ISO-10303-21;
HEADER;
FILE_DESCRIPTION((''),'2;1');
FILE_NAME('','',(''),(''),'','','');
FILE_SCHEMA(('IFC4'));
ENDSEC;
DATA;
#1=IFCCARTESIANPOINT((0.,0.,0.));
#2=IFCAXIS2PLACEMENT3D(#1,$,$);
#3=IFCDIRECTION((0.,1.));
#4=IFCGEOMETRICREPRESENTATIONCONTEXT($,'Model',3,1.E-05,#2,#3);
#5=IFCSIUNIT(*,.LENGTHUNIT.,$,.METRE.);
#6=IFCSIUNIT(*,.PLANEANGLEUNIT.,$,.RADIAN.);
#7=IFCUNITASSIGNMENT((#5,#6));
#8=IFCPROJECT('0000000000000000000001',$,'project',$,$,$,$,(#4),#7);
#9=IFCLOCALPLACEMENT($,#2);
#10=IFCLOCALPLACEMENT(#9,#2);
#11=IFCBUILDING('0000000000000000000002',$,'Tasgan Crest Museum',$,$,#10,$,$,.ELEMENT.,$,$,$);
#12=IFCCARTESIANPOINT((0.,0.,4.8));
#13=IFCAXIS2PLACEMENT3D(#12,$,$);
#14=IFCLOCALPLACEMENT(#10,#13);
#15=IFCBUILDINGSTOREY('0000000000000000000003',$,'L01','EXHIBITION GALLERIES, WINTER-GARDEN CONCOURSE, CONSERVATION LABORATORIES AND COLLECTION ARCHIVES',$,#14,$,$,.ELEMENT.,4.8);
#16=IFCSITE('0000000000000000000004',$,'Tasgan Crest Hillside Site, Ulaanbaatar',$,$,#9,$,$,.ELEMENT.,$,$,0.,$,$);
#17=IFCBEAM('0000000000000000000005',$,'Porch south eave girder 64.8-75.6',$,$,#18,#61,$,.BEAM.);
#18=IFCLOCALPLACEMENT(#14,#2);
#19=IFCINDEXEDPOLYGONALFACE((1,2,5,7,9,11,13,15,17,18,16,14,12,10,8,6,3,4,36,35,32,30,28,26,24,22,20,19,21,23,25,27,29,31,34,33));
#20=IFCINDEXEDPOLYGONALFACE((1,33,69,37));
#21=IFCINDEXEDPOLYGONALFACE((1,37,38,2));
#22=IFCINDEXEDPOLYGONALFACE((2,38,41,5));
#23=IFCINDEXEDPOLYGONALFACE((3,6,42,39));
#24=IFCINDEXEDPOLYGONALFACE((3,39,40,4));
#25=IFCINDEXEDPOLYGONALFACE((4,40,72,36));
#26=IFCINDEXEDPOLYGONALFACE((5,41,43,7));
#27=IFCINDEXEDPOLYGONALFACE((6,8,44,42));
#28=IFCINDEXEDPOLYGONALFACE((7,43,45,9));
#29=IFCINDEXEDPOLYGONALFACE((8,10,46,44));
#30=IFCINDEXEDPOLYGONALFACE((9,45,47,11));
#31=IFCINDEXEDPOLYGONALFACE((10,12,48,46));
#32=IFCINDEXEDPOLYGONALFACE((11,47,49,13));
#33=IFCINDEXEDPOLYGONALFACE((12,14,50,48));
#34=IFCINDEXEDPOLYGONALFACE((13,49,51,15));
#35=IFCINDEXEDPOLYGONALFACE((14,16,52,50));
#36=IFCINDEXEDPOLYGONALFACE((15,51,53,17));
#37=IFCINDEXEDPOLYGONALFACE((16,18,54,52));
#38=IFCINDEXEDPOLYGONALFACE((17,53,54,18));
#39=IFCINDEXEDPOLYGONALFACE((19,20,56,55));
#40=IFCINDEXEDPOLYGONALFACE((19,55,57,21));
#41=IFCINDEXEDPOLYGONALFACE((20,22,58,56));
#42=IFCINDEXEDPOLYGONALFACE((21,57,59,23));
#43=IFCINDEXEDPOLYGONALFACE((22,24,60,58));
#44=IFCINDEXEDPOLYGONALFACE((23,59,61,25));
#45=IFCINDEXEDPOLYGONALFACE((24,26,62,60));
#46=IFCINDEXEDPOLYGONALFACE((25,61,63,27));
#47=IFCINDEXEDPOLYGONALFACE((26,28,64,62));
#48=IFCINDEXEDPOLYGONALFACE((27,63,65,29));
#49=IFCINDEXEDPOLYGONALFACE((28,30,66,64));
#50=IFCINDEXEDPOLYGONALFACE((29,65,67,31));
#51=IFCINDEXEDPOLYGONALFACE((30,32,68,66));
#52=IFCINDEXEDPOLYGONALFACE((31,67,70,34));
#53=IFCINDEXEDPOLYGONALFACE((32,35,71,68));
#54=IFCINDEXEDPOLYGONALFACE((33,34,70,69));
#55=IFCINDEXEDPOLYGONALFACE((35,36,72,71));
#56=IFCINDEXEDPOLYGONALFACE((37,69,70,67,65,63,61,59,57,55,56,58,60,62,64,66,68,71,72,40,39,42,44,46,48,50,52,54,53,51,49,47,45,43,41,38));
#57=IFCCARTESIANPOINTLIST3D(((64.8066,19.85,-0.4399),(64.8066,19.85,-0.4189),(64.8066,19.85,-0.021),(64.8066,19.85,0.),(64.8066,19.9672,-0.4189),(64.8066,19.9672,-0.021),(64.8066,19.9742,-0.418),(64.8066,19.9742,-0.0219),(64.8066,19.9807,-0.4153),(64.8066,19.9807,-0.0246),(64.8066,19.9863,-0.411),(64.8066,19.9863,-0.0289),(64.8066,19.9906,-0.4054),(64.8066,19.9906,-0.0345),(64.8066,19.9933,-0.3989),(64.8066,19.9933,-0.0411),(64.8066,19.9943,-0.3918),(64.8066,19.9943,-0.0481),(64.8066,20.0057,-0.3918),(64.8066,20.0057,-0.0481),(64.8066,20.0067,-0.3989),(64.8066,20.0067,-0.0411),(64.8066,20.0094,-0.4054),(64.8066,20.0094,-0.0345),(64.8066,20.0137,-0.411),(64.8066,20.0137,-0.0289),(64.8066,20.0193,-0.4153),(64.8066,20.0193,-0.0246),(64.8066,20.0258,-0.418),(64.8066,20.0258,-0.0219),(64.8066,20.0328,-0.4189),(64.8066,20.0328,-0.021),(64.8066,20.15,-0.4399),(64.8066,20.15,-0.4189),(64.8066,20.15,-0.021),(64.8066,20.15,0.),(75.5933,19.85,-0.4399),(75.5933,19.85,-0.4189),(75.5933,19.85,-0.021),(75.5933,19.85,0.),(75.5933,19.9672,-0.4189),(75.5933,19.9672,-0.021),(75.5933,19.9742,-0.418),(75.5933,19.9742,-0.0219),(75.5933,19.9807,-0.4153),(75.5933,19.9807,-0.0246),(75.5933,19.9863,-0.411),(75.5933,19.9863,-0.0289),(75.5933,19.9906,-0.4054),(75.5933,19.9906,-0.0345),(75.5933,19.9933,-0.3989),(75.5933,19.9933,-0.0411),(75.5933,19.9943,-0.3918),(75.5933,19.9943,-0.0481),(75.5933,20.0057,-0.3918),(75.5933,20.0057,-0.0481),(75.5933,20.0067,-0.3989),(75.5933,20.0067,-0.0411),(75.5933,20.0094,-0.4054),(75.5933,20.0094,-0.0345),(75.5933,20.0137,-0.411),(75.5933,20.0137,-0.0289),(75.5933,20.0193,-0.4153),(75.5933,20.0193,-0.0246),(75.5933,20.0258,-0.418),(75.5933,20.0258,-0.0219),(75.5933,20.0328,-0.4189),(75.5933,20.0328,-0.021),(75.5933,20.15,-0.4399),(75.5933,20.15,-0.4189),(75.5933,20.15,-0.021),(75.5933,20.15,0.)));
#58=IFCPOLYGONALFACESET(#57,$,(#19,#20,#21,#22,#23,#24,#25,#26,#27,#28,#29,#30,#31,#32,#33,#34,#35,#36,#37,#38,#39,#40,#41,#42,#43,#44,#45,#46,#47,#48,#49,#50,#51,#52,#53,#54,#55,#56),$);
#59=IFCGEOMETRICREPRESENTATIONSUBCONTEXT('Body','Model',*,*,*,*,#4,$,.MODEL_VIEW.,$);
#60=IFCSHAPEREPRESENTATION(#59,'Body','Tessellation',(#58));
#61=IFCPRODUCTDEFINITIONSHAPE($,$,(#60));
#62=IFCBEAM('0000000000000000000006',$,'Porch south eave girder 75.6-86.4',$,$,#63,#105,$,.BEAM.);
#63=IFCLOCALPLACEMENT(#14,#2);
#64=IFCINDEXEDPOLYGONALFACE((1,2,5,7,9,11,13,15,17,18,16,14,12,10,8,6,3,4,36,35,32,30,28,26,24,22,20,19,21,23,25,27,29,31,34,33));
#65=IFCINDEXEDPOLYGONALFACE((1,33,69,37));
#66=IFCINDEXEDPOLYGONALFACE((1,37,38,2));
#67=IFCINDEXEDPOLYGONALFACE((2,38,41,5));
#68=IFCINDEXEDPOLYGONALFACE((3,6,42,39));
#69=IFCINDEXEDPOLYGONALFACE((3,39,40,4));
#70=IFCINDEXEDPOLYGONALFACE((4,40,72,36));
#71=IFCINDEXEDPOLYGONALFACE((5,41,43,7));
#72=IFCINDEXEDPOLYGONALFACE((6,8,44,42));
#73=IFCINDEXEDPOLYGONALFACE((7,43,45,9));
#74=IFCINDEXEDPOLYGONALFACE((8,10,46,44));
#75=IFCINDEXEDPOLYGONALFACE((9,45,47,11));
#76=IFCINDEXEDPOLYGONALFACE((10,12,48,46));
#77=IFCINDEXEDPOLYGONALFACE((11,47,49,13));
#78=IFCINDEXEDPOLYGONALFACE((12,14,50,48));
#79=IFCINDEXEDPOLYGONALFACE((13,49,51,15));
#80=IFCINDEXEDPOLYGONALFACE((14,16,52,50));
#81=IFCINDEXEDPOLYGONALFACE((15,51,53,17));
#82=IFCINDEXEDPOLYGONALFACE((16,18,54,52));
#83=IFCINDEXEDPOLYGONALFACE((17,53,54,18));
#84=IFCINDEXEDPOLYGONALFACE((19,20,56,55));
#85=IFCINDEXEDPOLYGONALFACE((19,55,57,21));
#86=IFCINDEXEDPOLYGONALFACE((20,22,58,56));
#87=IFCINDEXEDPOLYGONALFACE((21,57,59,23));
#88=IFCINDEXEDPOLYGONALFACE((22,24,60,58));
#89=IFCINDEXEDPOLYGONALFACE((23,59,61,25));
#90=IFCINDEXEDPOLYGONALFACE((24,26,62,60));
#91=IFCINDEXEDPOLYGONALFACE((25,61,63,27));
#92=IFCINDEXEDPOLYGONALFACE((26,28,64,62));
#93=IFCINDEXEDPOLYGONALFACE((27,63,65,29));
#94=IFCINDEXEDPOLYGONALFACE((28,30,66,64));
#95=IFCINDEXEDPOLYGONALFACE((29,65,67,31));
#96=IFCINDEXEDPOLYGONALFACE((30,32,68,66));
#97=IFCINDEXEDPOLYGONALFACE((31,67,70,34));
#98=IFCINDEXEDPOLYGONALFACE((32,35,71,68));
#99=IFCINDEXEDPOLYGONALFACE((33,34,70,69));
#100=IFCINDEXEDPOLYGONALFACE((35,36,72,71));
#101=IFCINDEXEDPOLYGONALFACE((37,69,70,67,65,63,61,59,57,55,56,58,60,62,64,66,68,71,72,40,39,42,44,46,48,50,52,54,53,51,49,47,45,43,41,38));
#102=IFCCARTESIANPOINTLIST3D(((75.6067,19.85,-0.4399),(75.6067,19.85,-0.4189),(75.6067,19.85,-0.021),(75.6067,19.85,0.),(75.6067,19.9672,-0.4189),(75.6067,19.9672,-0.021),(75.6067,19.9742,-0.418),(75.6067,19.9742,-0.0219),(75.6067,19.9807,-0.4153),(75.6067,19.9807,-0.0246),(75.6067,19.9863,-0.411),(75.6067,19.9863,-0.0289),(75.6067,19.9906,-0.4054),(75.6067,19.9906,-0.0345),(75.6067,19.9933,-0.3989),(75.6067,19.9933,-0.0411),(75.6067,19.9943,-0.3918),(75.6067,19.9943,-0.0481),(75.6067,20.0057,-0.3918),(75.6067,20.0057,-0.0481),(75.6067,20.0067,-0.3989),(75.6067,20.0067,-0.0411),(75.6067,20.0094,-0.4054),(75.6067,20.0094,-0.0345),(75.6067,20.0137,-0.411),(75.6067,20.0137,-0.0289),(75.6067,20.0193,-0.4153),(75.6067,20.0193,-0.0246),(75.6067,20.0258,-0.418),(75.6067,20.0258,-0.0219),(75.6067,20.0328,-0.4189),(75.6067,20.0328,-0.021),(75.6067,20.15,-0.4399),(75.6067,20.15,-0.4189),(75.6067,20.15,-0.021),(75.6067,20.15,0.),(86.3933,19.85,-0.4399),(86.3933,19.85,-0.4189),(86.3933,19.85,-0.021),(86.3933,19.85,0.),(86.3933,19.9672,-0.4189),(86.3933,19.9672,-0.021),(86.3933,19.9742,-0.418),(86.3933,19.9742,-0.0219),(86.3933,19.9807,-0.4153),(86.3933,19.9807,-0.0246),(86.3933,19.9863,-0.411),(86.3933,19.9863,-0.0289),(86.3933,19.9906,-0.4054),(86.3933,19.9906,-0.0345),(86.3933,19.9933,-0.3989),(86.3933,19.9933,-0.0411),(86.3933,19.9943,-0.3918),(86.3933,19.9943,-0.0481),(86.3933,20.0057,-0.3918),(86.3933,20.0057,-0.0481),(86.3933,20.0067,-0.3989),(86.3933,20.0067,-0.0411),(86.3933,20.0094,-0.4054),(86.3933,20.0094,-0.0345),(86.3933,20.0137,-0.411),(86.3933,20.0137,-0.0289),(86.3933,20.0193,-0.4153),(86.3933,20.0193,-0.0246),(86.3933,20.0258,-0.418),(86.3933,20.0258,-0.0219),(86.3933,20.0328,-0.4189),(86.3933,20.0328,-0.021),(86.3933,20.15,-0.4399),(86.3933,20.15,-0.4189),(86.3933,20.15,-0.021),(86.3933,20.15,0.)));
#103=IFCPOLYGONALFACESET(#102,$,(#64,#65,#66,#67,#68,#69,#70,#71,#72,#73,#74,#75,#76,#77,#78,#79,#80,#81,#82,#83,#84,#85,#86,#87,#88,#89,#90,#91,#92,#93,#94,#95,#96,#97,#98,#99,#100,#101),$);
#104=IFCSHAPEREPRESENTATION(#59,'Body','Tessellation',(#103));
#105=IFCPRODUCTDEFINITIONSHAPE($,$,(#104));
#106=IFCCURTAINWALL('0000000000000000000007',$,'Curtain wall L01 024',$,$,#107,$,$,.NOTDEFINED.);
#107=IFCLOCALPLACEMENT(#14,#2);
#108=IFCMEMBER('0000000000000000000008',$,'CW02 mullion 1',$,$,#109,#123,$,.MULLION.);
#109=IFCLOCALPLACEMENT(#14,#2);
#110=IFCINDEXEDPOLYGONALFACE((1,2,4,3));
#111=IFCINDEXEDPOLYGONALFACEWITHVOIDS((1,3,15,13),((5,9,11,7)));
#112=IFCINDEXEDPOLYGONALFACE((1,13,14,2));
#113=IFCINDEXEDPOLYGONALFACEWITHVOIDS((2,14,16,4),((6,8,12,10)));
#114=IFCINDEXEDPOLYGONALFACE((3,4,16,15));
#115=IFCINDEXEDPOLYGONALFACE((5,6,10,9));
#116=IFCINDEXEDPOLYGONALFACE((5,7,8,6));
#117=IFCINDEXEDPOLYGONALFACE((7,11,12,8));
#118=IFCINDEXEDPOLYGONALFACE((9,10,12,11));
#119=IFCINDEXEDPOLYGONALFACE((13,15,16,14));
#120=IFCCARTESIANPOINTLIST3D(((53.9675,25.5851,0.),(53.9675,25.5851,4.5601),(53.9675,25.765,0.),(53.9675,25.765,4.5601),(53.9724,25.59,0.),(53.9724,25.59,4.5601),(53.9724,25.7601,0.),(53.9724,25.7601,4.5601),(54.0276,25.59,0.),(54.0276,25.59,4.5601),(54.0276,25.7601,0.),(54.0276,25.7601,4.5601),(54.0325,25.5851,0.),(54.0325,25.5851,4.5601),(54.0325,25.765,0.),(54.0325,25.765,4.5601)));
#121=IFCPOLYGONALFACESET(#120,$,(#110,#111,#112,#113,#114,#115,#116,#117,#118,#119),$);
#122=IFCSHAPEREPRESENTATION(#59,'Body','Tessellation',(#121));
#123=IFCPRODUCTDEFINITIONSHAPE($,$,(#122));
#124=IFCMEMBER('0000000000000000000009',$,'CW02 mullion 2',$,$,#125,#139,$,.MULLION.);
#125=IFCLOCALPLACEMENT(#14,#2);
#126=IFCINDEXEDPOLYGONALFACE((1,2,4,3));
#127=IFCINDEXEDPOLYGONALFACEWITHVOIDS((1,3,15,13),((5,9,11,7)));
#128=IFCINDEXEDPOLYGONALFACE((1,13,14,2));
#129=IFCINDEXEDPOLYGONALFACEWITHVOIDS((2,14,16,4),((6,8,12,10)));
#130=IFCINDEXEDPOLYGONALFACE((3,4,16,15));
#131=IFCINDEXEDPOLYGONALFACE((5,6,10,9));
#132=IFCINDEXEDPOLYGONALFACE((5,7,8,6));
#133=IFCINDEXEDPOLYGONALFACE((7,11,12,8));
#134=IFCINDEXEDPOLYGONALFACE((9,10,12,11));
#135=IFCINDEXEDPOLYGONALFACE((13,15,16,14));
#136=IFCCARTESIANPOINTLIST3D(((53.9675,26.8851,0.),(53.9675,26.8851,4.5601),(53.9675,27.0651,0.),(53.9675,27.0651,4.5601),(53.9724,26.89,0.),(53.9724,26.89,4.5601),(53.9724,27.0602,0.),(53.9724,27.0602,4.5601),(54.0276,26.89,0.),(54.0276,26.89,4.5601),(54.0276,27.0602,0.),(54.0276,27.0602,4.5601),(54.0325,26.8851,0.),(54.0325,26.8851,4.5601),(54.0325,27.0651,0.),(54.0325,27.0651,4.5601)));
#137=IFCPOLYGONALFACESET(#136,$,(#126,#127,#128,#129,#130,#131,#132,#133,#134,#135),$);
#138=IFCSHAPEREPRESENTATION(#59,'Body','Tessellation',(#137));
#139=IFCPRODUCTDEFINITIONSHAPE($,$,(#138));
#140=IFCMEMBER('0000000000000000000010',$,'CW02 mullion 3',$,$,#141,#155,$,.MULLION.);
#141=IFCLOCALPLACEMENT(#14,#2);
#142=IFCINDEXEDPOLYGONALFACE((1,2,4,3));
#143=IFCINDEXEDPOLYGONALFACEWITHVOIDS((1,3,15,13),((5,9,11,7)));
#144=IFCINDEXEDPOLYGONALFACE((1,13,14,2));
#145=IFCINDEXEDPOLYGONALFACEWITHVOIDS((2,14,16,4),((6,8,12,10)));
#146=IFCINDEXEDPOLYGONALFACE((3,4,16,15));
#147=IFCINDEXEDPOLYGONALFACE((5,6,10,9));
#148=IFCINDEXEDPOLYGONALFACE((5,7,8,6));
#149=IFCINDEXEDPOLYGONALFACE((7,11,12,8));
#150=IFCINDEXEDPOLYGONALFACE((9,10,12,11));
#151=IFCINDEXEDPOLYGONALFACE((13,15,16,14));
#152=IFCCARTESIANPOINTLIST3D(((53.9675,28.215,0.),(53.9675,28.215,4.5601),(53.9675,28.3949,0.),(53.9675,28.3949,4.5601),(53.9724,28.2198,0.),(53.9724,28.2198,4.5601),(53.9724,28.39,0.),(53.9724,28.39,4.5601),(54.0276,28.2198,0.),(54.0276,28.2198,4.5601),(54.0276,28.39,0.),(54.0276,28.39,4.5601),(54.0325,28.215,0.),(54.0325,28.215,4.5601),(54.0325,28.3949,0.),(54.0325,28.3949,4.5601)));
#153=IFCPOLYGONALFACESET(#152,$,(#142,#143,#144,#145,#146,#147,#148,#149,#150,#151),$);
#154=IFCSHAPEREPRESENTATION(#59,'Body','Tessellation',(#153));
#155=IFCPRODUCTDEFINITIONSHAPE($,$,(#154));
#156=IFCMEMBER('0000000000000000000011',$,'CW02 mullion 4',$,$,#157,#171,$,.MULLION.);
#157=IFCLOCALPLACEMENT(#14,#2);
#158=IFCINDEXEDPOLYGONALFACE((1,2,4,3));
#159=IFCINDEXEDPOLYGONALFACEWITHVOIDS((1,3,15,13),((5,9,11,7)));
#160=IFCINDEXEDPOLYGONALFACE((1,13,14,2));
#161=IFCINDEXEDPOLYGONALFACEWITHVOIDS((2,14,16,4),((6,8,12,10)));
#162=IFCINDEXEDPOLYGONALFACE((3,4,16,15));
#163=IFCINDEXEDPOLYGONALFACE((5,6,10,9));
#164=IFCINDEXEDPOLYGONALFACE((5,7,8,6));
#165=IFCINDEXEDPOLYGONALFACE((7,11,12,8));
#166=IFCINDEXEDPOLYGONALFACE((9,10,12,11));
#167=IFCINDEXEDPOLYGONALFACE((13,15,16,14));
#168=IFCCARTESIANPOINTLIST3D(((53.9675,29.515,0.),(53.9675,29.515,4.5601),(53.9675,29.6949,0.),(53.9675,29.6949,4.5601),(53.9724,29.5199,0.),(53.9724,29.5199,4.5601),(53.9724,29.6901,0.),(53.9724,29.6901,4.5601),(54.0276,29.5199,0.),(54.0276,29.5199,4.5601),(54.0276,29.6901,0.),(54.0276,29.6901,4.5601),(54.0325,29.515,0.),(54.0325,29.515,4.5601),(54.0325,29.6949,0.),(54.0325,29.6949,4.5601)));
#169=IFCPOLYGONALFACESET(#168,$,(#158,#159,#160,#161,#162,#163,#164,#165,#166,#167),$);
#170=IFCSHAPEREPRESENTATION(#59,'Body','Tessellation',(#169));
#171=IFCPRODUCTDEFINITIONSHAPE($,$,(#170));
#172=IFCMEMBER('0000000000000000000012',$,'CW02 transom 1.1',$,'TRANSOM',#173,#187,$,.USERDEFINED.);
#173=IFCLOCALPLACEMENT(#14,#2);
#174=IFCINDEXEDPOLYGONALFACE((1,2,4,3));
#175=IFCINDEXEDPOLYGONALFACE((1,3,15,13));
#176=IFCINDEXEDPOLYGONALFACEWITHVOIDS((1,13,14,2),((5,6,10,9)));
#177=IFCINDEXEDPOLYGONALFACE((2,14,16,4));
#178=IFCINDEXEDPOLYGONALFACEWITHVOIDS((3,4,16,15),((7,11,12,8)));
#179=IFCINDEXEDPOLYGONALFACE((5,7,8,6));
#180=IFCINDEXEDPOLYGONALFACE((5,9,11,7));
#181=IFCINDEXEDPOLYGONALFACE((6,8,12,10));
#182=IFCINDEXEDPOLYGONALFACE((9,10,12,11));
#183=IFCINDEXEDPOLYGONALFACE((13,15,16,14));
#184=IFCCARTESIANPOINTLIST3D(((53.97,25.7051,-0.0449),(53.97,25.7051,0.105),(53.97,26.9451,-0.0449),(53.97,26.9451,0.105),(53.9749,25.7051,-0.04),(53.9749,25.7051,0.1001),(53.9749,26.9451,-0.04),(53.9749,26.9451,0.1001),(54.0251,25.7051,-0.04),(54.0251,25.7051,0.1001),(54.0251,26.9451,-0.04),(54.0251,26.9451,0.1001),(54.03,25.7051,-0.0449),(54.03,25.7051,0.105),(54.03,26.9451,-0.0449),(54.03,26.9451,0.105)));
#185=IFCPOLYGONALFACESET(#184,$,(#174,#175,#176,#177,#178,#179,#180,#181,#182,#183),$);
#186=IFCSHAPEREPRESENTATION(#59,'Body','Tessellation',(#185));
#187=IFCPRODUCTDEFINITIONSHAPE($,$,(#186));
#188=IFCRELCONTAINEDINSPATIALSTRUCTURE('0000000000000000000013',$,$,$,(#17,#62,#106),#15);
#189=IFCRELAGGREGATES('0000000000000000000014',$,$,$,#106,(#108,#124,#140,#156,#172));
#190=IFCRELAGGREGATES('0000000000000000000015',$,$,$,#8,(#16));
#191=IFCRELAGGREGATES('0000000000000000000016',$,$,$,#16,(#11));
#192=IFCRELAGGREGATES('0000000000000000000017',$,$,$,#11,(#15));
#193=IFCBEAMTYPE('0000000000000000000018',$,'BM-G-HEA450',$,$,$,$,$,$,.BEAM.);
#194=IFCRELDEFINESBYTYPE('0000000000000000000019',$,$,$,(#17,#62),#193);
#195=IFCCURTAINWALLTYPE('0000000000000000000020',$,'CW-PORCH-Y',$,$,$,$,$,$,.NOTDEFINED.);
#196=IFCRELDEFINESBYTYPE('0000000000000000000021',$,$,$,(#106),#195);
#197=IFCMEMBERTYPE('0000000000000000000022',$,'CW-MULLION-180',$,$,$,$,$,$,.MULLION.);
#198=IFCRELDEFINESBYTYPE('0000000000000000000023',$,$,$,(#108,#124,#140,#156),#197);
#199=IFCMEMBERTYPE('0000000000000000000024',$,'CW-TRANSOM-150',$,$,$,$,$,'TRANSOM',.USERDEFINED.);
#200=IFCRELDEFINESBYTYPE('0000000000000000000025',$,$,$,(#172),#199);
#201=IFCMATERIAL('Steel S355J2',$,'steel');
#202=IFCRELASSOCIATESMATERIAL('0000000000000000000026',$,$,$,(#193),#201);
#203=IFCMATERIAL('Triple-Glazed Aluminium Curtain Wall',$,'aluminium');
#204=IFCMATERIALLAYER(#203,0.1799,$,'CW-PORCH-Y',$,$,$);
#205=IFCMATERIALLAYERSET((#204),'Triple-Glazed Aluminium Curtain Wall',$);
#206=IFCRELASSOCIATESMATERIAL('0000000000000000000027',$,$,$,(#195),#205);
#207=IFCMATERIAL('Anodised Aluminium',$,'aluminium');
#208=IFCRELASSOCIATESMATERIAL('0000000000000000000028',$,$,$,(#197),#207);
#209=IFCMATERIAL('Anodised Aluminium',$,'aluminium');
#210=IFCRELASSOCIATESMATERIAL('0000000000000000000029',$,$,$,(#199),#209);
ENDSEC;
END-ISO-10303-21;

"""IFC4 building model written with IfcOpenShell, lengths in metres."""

from ifc_helpers import new_model, si_unit, direction, frame, origin, origin_2d, place, context, subcontext, project, spatial, hollow_rectangle, i_section, extrude, material, layer, layer_set, material_profile, profile_set, type_object, element, aggregate, save


model = new_model("IFC4")

# Units and contexts
model_context = context("Model", 3, precision=1e-05, world=origin(), true_north=direction((0.0, 1.0)))
body_context = subcontext(model_context, "Body", "Model", "MODEL_VIEW")
ifc_project = project(units=[si_unit("LENGTHUNIT", "METRE"), si_unit("PLANEANGLEUNIT", "RADIAN")], contexts=[model_context])

# Site, building, storey
site_placement = place(None, origin())
site = spatial("IfcSite", under=ifc_project, at=site_placement, Name="Tasgan Crest Hillside Site, Ulaanbaatar", CompositionType="ELEMENT", RefElevation=0.0)
building_placement = place(site_placement, origin())
building = spatial("IfcBuilding", under=site, at=building_placement, Name="Tasgan Crest Museum", CompositionType="ELEMENT")
storey_placement = place(building_placement, frame((0.0, 0.0, 4.8)))
storey = spatial("IfcBuildingStorey", under=building, at=storey_placement, Name="L01", Description="EXHIBITION GALLERIES, WINTER-GARDEN CONCOURSE, CONSERVATION LABORATORIES AND COLLECTION ARCHIVES", CompositionType="ELEMENT", Elevation=4.8)

# Beams
ifc_material_1 = material(Name="Steel S355J2", Category="steel")
ifc_material_profile_1 = material_profile(ifc_material_1, i_section(OverallWidth=0.3, OverallDepth=0.4399, WebThickness=0.0115, FlangeThickness=0.021, FilletRadius=0.0271, at=origin_2d()), Name="HEA 450")
ifc_profile_set_1 = profile_set([ifc_material_profile_1], Name="Steel S355J2")
beam_type = type_object("IfcBeamType", Name="BM-G-HEA450", PredefinedType="BEAM", material=ifc_profile_set_1)
for number, where, z_axis, x_axis, name in (
    (1, (64.8066, 20.0, -0.22), (1.0, 0.0, 0.0), (0.0, 1.0, 0.0), "Porch south eave girder 64.8-75.6"),
    (2, (75.6067, 20.0, -0.22), (1.0, 0.0, 0.0), (0.0, 1.0, 0.0), "Porch south eave girder 75.6-86.4"),
):
    element("IfcBeam", number, at=place(storey_placement, frame(where, z_axis=z_axis, x_axis=x_axis)), inside=storey, type_object=beam_type, Name=name, PredefinedType="BEAM", context=body_context, shape_type="SweptSolid", body=[
        extrude(i_section(OverallWidth=0.3, OverallDepth=0.4399, WebThickness=0.0115, FlangeThickness=0.021, FilletRadius=0.0271, at=origin_2d()), origin(), (0.0, 0.0, 1.0), 10.7866),
    ])

# Curtain wall, members
ifc_material_2 = material(Name="Triple-Glazed Aluminium Curtain Wall", Category="aluminium")
ifc_layer_1 = layer(ifc_material_2, 0.1799, Name="CW-PORCH-Y")
ifc_layer_set_1 = layer_set([ifc_layer_1], Name="Triple-Glazed Aluminium Curtain Wall")
curtain_wall_type = type_object("IfcCurtainWallType", Name="CW-PORCH-Y", PredefinedType="NOTDEFINED", material=ifc_layer_set_1)
curtain_wall_placement = place(storey_placement, origin())
curtain_wall = element("IfcCurtainWall", 3, at=curtain_wall_placement, inside=storey, type_object=curtain_wall_type, Name="Curtain wall L01 024", PredefinedType="NOTDEFINED")
ifc_material_3 = material(Name="Anodised Aluminium", Category="aluminium")
ifc_material_profile_2 = material_profile(ifc_material_3, hollow_rectangle(XDim=0.0649, YDim=0.1799, WallThickness=0.0049, at=origin_2d()), Name="ALU MULLION 180x65x5")
ifc_profile_set_2 = profile_set([ifc_material_profile_2], Name="Anodised Aluminium")
member_type_1 = type_object("IfcMemberType", Name="CW-MULLION-180", PredefinedType="MULLION", material=ifc_profile_set_2)
member_1_placement = place(storey_placement, frame((54.0, 25.675, 0.0), z_axis=(0.0, 0.0, 1.0), x_axis=(-1.0, 0.0, 0.0)))
member_1 = element("IfcMember", 4, at=member_1_placement, type_object=member_type_1, Name="CW02 mullion 1", PredefinedType="MULLION", context=body_context, shape_type="SweptSolid", body=[
    extrude(hollow_rectangle(XDim=0.0649, YDim=0.1799, WallThickness=0.0049, at=origin_2d()), origin(), (0.0, 0.0, 1.0), 4.5601),
])
member_2_placement = place(storey_placement, frame((54.0, 26.9751, 0.0), z_axis=(0.0, 0.0, 1.0), x_axis=(-1.0, 0.0, 0.0)))
member_2 = element("IfcMember", 5, at=member_2_placement, type_object=member_type_1, Name="CW02 mullion 2", PredefinedType="MULLION", context=body_context, shape_type="SweptSolid", body=[
    extrude(hollow_rectangle(XDim=0.0649, YDim=0.1799, WallThickness=0.0049, at=origin_2d()), origin(), (0.0, 0.0, 1.0), 4.5601),
])
member_3_placement = place(storey_placement, frame((54.0, 28.3049, 0.0), z_axis=(0.0, 0.0, 1.0), x_axis=(-1.0, 0.0, 0.0)))
member_3 = element("IfcMember", 6, at=member_3_placement, type_object=member_type_1, Name="CW02 mullion 3", PredefinedType="MULLION", context=body_context, shape_type="SweptSolid", body=[
    extrude(hollow_rectangle(XDim=0.0649, YDim=0.1799, WallThickness=0.0049, at=origin_2d()), origin(), (0.0, 0.0, 1.0), 4.5601),
])
member_4_placement = place(storey_placement, frame((54.0, 29.605, 0.0), z_axis=(0.0, 0.0, 1.0), x_axis=(-1.0, 0.0, 0.0)))
member_4 = element("IfcMember", 7, at=member_4_placement, type_object=member_type_1, Name="CW02 mullion 4", PredefinedType="MULLION", context=body_context, shape_type="SweptSolid", body=[
    extrude(hollow_rectangle(XDim=0.0649, YDim=0.1799, WallThickness=0.0049, at=origin_2d()), origin(), (0.0, 0.0, 1.0), 4.5601),
])
ifc_material_4 = material(Name="Anodised Aluminium", Category="aluminium")
ifc_material_profile_3 = material_profile(ifc_material_4, hollow_rectangle(XDim=0.0601, YDim=0.1499, WallThickness=0.0049, at=origin_2d()), Name="ALU TRANSOM 150x60x5")
ifc_profile_set_3 = profile_set([ifc_material_profile_3], Name="Anodised Aluminium")
member_type_2 = type_object("IfcMemberType", Name="CW-TRANSOM-150", ElementType="TRANSOM", PredefinedType="USERDEFINED", material=ifc_profile_set_3)
member_5_placement = place(storey_placement, frame((54.0, 25.7051, 0.03), z_axis=(0.0, 1.0, 0.0), x_axis=(-1.0, 0.0, 0.0)))
member_5 = element("IfcMember", 8, at=member_5_placement, type_object=member_type_2, Name="CW02 transom 1.1", ObjectType="TRANSOM", PredefinedType="USERDEFINED", context=body_context, shape_type="SweptSolid", body=[
    extrude(hollow_rectangle(XDim=0.0601, YDim=0.1499, WallThickness=0.0049, at=origin_2d()), origin(), (0.0, 0.0, 1.0), 1.24),
])
aggregate(curtain_wall, [member_1, member_2, member_3, member_4, member_5])

save(model, "model.ifc")
